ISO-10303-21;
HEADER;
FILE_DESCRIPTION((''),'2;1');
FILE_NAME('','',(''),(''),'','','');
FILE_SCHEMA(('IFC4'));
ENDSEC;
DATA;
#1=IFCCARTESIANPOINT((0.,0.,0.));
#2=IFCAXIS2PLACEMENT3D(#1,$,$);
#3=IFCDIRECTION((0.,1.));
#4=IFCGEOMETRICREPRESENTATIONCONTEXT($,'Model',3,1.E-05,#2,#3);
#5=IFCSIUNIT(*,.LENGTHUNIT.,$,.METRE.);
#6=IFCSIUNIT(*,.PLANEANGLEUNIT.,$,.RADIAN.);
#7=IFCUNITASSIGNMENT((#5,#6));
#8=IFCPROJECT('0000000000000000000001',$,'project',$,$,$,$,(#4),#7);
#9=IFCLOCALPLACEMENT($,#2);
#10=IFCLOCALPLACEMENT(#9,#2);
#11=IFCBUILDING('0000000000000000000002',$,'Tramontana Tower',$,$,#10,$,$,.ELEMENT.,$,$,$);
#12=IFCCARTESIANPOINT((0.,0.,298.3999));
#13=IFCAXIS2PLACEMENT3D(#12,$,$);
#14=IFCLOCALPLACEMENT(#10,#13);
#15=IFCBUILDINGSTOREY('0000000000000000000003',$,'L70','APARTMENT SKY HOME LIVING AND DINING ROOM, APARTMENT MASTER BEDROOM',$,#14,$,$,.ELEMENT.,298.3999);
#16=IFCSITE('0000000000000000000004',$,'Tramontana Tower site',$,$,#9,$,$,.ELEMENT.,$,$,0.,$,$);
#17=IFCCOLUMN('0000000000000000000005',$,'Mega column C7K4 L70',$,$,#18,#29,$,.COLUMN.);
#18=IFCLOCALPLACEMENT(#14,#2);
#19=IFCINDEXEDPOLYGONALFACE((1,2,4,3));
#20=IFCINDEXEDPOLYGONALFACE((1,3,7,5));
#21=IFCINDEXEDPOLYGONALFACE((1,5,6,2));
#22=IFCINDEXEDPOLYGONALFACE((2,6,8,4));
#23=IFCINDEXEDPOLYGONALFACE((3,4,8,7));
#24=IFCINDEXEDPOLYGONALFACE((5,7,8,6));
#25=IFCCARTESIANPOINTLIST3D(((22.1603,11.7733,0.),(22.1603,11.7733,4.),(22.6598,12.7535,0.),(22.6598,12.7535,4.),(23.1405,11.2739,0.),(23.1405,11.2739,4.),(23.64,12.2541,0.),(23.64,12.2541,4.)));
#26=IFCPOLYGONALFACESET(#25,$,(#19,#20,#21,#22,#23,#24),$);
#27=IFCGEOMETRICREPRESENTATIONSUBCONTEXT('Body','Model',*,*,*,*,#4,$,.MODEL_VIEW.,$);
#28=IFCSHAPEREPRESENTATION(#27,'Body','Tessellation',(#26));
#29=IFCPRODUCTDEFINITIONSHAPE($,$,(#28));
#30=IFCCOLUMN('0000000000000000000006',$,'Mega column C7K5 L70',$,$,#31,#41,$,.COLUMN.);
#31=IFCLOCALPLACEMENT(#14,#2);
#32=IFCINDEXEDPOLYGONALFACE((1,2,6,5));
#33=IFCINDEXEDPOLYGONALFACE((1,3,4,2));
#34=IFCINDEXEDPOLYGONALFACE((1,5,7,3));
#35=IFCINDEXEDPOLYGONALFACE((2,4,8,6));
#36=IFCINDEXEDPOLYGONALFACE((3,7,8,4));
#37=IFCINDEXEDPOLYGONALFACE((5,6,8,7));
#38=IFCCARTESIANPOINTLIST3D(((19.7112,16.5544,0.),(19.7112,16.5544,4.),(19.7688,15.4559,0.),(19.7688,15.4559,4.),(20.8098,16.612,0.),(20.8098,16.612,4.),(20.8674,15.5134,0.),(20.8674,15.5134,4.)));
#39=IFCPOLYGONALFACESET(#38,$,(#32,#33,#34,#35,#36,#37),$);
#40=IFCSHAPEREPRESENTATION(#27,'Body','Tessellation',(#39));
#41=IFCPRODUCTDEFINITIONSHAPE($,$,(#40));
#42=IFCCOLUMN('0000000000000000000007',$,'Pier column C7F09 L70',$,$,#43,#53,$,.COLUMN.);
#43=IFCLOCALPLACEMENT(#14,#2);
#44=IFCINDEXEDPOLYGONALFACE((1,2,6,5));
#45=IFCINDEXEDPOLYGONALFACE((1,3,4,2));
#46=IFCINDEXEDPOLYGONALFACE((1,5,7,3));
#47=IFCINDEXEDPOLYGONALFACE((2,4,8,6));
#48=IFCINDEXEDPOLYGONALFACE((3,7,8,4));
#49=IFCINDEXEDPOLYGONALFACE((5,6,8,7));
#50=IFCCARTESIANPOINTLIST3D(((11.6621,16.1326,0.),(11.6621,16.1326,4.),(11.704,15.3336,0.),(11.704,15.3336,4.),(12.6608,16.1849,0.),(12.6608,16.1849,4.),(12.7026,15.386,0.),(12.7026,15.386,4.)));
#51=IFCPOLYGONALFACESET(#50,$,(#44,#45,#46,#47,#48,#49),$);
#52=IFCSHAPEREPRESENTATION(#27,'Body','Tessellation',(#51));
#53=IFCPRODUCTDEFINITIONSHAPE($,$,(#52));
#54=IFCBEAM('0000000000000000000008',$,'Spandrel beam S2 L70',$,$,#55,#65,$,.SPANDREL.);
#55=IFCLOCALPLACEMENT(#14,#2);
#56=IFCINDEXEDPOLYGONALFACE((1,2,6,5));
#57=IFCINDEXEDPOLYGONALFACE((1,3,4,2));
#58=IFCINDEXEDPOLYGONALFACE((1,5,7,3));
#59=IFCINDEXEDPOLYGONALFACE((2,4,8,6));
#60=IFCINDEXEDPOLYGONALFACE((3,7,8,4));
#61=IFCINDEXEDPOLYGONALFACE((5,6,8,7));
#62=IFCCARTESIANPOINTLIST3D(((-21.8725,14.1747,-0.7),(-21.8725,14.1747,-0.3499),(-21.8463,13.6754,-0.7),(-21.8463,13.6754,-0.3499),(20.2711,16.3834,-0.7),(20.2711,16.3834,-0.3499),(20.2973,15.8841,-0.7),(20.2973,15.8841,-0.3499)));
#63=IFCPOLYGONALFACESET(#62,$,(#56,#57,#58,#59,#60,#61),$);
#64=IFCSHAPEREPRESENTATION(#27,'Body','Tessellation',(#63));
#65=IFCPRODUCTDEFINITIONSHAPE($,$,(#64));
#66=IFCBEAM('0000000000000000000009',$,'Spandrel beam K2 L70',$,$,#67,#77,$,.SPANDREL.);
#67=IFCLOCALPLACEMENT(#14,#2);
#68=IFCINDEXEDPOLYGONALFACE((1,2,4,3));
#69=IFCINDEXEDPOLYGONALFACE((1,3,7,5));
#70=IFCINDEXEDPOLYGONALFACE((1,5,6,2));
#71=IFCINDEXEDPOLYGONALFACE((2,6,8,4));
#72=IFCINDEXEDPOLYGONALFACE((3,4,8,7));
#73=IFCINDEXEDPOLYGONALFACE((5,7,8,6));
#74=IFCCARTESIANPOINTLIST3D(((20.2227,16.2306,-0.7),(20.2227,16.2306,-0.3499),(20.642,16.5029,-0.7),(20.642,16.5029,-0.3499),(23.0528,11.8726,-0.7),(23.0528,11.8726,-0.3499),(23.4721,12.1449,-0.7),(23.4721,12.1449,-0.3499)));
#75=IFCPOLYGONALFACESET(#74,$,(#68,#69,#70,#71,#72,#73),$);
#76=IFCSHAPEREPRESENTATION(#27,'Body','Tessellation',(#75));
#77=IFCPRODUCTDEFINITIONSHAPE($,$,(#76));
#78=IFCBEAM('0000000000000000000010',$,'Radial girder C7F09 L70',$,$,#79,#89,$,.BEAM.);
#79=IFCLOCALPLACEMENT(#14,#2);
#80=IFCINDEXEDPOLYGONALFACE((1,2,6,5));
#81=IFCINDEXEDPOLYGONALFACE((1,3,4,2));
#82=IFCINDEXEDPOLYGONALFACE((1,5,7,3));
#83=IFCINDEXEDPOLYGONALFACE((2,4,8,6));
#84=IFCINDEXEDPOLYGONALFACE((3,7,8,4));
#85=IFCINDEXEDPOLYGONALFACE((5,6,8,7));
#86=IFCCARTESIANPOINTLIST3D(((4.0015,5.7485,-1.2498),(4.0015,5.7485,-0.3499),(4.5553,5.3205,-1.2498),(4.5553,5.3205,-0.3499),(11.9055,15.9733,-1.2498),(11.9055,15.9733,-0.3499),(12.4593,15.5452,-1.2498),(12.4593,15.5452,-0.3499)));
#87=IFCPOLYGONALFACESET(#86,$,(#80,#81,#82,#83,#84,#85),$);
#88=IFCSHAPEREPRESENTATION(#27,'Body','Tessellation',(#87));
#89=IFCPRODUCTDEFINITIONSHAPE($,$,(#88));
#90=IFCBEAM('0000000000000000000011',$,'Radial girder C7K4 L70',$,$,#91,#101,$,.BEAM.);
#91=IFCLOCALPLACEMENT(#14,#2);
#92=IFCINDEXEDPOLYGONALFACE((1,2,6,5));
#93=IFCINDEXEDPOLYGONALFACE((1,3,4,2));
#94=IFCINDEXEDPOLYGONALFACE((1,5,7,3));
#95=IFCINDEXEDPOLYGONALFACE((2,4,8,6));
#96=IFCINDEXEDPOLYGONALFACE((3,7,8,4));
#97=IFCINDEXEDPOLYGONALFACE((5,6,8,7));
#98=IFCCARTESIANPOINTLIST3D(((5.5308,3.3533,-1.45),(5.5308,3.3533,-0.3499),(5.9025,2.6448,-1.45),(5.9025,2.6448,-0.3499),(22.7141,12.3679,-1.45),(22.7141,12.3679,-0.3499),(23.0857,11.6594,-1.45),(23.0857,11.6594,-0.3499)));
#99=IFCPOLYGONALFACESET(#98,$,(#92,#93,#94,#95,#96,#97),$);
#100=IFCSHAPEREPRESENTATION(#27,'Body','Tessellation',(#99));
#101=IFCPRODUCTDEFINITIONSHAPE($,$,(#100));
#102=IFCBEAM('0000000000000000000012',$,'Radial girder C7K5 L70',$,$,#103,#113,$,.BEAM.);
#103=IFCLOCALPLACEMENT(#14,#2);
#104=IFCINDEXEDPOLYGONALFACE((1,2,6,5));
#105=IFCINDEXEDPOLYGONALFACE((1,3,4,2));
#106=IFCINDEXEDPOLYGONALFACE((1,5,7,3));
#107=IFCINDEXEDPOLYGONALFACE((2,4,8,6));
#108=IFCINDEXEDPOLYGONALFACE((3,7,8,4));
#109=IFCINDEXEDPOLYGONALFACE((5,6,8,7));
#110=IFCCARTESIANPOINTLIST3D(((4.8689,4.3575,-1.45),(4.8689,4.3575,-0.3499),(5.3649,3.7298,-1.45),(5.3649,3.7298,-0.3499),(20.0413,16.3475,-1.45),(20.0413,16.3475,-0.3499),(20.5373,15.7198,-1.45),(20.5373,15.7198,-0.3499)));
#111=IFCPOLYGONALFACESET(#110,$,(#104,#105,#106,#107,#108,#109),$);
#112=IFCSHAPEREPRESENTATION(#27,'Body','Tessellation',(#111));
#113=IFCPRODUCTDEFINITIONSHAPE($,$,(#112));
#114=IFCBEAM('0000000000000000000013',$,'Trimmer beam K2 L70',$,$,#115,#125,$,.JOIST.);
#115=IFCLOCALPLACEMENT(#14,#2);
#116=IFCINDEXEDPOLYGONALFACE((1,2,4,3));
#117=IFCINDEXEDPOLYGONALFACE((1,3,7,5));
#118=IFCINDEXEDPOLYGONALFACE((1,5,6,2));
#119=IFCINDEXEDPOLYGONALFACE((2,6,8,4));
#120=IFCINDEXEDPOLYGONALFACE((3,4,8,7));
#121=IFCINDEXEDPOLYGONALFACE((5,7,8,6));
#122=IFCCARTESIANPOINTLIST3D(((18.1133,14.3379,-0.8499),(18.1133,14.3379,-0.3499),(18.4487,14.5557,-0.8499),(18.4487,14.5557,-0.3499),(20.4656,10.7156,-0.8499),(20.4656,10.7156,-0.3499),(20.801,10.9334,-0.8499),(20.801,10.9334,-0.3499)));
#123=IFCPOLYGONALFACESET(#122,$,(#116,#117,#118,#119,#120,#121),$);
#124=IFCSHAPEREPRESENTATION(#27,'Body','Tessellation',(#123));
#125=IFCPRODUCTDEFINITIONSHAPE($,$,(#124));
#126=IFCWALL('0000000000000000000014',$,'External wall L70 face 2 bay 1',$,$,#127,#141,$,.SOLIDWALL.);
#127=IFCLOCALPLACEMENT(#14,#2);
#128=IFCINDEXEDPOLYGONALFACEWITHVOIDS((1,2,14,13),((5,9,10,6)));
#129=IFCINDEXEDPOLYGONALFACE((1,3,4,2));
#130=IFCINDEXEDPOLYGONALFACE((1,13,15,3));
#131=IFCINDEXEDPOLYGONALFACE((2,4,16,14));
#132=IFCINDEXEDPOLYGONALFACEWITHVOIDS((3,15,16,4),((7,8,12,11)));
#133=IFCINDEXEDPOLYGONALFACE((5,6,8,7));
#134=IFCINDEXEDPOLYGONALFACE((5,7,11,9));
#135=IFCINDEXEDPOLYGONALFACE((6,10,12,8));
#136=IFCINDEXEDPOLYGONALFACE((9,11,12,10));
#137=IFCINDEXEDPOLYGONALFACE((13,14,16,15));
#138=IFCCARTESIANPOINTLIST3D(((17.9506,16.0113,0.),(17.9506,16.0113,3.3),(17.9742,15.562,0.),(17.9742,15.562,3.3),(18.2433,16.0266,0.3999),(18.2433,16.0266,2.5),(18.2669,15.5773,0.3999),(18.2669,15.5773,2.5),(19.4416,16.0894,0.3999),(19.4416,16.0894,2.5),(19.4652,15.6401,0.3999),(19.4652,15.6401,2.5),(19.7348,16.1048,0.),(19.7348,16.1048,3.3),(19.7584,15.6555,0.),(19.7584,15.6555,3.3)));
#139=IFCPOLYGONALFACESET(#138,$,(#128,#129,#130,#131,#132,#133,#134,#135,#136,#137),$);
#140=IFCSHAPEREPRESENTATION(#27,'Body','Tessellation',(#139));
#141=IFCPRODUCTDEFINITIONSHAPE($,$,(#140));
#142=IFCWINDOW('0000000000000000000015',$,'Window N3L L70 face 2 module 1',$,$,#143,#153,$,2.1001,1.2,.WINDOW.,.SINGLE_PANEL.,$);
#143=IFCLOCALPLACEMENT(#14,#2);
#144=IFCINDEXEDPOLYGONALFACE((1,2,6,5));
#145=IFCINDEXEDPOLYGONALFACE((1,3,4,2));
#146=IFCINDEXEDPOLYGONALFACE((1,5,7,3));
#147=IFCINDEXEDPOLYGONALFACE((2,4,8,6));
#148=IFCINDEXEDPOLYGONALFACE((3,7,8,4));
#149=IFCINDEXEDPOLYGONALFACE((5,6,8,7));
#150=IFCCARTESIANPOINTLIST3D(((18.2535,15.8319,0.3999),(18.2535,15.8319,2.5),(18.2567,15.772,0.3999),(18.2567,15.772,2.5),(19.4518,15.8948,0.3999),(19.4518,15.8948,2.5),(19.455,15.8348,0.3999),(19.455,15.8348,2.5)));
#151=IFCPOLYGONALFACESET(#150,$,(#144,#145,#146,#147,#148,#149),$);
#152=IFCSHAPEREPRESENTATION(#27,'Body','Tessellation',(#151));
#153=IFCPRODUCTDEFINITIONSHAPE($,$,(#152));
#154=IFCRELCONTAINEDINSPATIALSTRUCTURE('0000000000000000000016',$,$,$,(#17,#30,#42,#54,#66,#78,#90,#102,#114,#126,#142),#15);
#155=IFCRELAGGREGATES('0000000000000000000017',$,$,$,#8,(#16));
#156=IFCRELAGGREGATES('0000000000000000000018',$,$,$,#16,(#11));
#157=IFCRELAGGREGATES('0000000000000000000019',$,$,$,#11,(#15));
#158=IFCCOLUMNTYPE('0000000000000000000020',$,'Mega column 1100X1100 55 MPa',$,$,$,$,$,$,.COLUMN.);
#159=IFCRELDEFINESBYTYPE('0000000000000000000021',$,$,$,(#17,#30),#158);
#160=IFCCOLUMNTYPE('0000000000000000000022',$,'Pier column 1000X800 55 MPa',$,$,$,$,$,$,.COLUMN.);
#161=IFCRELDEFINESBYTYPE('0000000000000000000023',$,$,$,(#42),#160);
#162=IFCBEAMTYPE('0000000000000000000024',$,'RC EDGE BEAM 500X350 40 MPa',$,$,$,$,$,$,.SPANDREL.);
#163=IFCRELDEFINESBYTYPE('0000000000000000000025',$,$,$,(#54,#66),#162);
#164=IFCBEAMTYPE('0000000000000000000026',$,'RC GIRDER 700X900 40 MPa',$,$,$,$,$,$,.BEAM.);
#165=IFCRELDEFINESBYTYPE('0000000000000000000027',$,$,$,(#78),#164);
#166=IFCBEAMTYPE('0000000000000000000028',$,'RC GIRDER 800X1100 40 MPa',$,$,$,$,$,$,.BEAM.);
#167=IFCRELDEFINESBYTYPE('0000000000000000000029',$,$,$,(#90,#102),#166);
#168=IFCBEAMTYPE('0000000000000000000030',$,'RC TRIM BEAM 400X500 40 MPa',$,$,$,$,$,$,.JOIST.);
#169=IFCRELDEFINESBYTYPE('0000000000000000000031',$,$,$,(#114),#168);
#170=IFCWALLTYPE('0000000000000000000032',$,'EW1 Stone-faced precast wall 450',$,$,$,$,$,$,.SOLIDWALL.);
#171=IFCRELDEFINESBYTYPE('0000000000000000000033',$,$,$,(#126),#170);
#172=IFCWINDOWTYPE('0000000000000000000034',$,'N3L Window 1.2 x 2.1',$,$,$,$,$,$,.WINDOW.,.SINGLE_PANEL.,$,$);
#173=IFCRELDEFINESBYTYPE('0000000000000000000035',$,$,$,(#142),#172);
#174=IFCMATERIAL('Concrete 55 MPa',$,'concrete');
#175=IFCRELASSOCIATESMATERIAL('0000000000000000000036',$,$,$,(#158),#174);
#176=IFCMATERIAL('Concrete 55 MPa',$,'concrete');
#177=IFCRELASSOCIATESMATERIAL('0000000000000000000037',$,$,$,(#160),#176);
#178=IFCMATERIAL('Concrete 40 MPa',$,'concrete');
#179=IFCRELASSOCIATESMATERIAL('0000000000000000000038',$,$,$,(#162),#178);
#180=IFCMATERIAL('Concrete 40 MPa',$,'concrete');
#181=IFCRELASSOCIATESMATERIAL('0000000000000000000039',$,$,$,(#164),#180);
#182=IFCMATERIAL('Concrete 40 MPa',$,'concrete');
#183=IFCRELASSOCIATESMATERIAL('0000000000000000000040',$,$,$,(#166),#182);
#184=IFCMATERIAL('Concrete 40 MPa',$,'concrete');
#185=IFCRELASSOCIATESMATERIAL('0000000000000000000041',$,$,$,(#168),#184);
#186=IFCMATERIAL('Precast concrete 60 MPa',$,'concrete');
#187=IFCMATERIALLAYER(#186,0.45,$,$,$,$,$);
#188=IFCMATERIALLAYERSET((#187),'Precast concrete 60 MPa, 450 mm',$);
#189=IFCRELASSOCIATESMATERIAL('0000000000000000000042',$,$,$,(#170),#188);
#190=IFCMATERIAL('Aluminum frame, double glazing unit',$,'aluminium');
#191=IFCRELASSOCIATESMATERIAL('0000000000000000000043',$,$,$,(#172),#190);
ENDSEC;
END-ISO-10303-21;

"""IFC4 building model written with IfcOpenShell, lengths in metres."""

from ifc_helpers import new_model, si_unit, direction, frame, frame_2d, origin, origin_2d, place, context, subcontext, project, spatial, rectangle, extrude, material, layer, layer_set, material_profile, profile_set, type_object, element, fill, save


model = new_model("IFC4")

# Units and contexts
model_context = context("Model", 3, precision=1e-05, world=origin(), true_north=direction((0.0, 1.0)))
body_context = subcontext(model_context, "Body", "Model", "MODEL_VIEW")
ifc_project = project(units=[si_unit("LENGTHUNIT", "METRE"), si_unit("PLANEANGLEUNIT", "RADIAN")], contexts=[model_context])

# Site, building, storey
site_placement = place(None, origin())
site = spatial("IfcSite", under=ifc_project, at=site_placement, Name="Tramontana Tower site", CompositionType="ELEMENT", RefElevation=0.0)
building_placement = place(site_placement, origin())
building = spatial("IfcBuilding", under=site, at=building_placement, Name="Tramontana Tower", CompositionType="ELEMENT")
storey_placement = place(building_placement, frame((0.0, 0.0, 298.3999)))
storey = spatial("IfcBuildingStorey", under=building, at=storey_placement, Name="L70", Description="APARTMENT SKY HOME LIVING AND DINING ROOM, APARTMENT MASTER BEDROOM", CompositionType="ELEMENT", Elevation=298.3999)

# Columns
ifc_material_1 = material(Name="Concrete 55 MPa", Category="concrete")
ifc_material_profile_1 = material_profile(ifc_material_1, rectangle(XDim=1.1001, YDim=1.1001, at=origin_2d()), Name="Mega column 1100X1100 55 MPa")
ifc_profile_set_1 = profile_set([ifc_material_profile_1], Name="Concrete 55 MPa")
column_type_1 = type_object("IfcColumnType", Name="Mega column 1100X1100 55 MPa", PredefinedType="COLUMN", material=ifc_profile_set_1)
for number, where, z_axis, x_axis, name in (
    (1, (22.9001, 12.0137, 0.0), (0.0, 0.0, 1.0), (0.45399, 0.891007, 0.0), "Mega column C7K4 L70"),
    (2, (20.2893, 16.0339, 0.0), (0.0, 0.0, 1.0), (-0.99863, -0.052336, 0.0), "Mega column C7K5 L70"),
):
    element("IfcColumn", number, at=place(storey_placement, frame(where, z_axis=z_axis, x_axis=x_axis)), inside=storey, type_object=column_type_1, Name=name, PredefinedType="COLUMN", context=body_context, shape_type="SweptSolid", body=[
        extrude(rectangle(XDim=1.1001, YDim=1.1001, at=origin_2d()), origin(), (0.0, 0.0, 1.0), 4.0),
    ])
ifc_material_2 = material(Name="Concrete 55 MPa", Category="concrete")
ifc_material_profile_2 = material_profile(ifc_material_2, rectangle(XDim=1.0, YDim=0.8, at=origin_2d()), Name="Pier column 1000X800 55 MPa")
ifc_profile_set_2 = profile_set([ifc_material_profile_2], Name="Concrete 55 MPa")
column_type_2 = type_object("IfcColumnType", Name="Pier column 1000X800 55 MPa", PredefinedType="COLUMN", material=ifc_profile_set_2)
column_placement = place(storey_placement, frame((12.1824, 15.7593, 0.0), z_axis=(0.0, 0.0, 1.0), x_axis=(-0.99863, -0.052336, 0.0)))
element("IfcColumn", 3, at=column_placement, inside=storey, type_object=column_type_2, Name="Pier column C7F09 L70", PredefinedType="COLUMN", context=body_context, shape_type="SweptSolid", body=[
    extrude(rectangle(XDim=1.0, YDim=0.8, at=origin_2d()), origin(), (0.0, 0.0, 1.0), 4.0),
])

# Beams
ifc_material_3 = material(Name="Concrete 40 MPa", Category="concrete")
ifc_material_profile_3 = material_profile(ifc_material_3, rectangle(XDim=0.5, YDim=0.3501, at=origin_2d()), Name="RC EDGE BEAM 500X350 40 MPa")
ifc_profile_set_3 = profile_set([ifc_material_profile_3], Name="Concrete 40 MPa")
beam_type_1 = type_object("IfcBeamType", Name="RC EDGE BEAM 500X350 40 MPa", PredefinedType="SPANDREL", material=ifc_profile_set_3)
beam_1_placement = place(storey_placement, frame((20.2842, 16.1338, -0.5249), z_axis=(-0.998629, -0.052338, 0.0), x_axis=(0.052338, -0.998629, 0.0)))
element("IfcBeam", 4, at=beam_1_placement, inside=storey, type_object=beam_type_1, Name="Spandrel beam S2 L70", PredefinedType="SPANDREL", context=body_context, shape_type="SweptSolid", body=[
    extrude(rectangle(XDim=0.5, YDim=0.3501, at=origin_2d()), origin(), (0.0, 0.0, 1.0), 42.2014),
])
beam_2_placement = place(storey_placement, frame((23.2625, 12.0088, -0.5249), z_axis=(-0.544641, 0.838669, 0.0), x_axis=(-0.838669, -0.544641, 0.0)))
element("IfcBeam", 5, at=beam_2_placement, inside=storey, type_object=beam_type_1, Name="Spandrel beam K2 L70", PredefinedType="SPANDREL", context=body_context, shape_type="SweptSolid", body=[
    extrude(rectangle(XDim=0.5, YDim=0.3501, at=origin_2d()), origin(), (0.0, 0.0, 1.0), 5.1963),
])
ifc_material_4 = material(Name="Concrete 40 MPa", Category="concrete")
ifc_material_profile_4 = material_profile(ifc_material_4, rectangle(XDim=0.7, YDim=0.8999, at=origin_2d()), Name="RC GIRDER 700X900 40 MPa")
ifc_profile_set_4 = profile_set([ifc_material_profile_4], Name="Concrete 40 MPa")
beam_type_2 = type_object("IfcBeamType", Name="RC GIRDER 700X900 40 MPa", PredefinedType="BEAM", material=ifc_profile_set_4)
beam_3_placement = place(storey_placement, frame((12.1824, 15.7593, -0.7998), z_axis=(-0.611594, -0.791172, 0.0), x_axis=(0.791172, -0.611594, 0.0)))
element("IfcBeam", 6, at=beam_3_placement, inside=storey, type_object=beam_type_2, Name="Radial girder C7F09 L70", PredefinedType="BEAM", context=body_context, shape_type="SweptSolid", body=[
    extrude(rectangle(XDim=0.7, YDim=0.8999, at=origin_2d()), origin(), (0.0, 0.0, 1.0), 12.9236),
])
ifc_material_5 = material(Name="Concrete 40 MPa", Category="concrete")
ifc_material_profile_5 = material_profile(ifc_material_5, rectangle(XDim=0.8, YDim=1.1001, at=origin_2d()), Name="RC GIRDER 800X1100 40 MPa")
ifc_profile_set_5 = profile_set([ifc_material_profile_5], Name="Concrete 40 MPa")
beam_type_3 = type_object("IfcBeamType", Name="RC GIRDER 800X1100 40 MPa", PredefinedType="BEAM", material=ifc_profile_set_5)
beam_4_placement = place(storey_placement, frame((22.8999, 12.0137, -0.8999), z_axis=(-0.885538, -0.464567, 0.0), x_axis=(0.464567, -0.885538, 0.0)))
element("IfcBeam", 7, at=beam_4_placement, inside=storey, type_object=beam_type_3, Name="Radial girder C7K4 L70", PredefinedType="BEAM", context=body_context, shape_type="SweptSolid", body=[
    extrude(rectangle(XDim=0.8, YDim=1.1001, at=origin_2d()), origin(), (0.0, 0.0, 1.0), 19.4043),
])
beam_5_placement = place(storey_placement, frame((20.2893, 16.0337, -0.8999), z_axis=(-0.784586, -0.62002, 0.0), x_axis=(0.62002, -0.784586, 0.0)))
element("IfcBeam", 8, at=beam_5_placement, inside=storey, type_object=beam_type_3, Name="Radial girder C7K5 L70", PredefinedType="BEAM", context=body_context, shape_type="SweptSolid", body=[
    extrude(rectangle(XDim=0.8, YDim=1.1001, at=origin_2d()), origin(), (0.0, 0.0, 1.0), 19.3381),
])
ifc_material_6 = material(Name="Concrete 40 MPa", Category="concrete")
ifc_material_profile_6 = material_profile(ifc_material_6, rectangle(XDim=0.3999, YDim=0.5, at=origin_2d()), Name="RC TRIM BEAM 400X500 40 MPa")
ifc_profile_set_6 = profile_set([ifc_material_profile_6], Name="Concrete 40 MPa")
beam_type_4 = type_object("IfcBeamType", Name="RC TRIM BEAM 400X500 40 MPa", PredefinedType="JOIST", material=ifc_profile_set_6)
beam_6_placement = place(storey_placement, frame((20.6333, 10.8245, -0.5999), z_axis=(-0.544629, 0.838677, 0.0), x_axis=(-0.838677, -0.544629, 0.0)))
element("IfcBeam", 9, at=beam_6_placement, inside=storey, type_object=beam_type_4, Name="Trimmer beam K2 L70", PredefinedType="JOIST", context=body_context, shape_type="SweptSolid", body=[
    extrude(rectangle(XDim=0.3999, YDim=0.5, at=origin_2d()), origin(), (0.0, 0.0, 1.0), 4.3191),
])

# Wall, opening, window
ifc_material_7 = material(Name="Precast concrete 60 MPa", Category="concrete")
ifc_layer_1 = layer(ifc_material_7, 0.45)
ifc_layer_set_1 = layer_set([ifc_layer_1], Name="Precast concrete 60 MPa, 450 mm")
wall_type_1 = type_object("IfcWallType", Name="EW1 Stone-faced precast wall 450", PredefinedType="SOLIDWALL", material=ifc_layer_set_1)
wall_1_placement = place(storey_placement, frame((19.7466, 15.8801, 0.0), z_axis=(0.0, 0.0, 1.0), x_axis=(-0.99863, -0.052336, 0.0)))
wall_1 = element("IfcWall", 10, at=wall_1_placement, inside=storey, type_object=wall_type_1, Name="External wall L70 face 2 bay 1", PredefinedType="SOLIDWALL", context=body_context, shape_type="SweptSolid", body=[
    extrude(rectangle(XDim=1.7866, YDim=0.45, at=frame_2d((0.8933, 0.0))), origin(), (0.0, 0.0, 1.0), 3.3),
])
opening_1_placement = place(wall_1_placement, frame((0.2935, 0.0, 0.3999)))
opening_1 = element("IfcOpeningElement", 11, at=opening_1_placement, cuts=wall_1, PredefinedType="OPENING", context=body_context, shape_type="SweptSolid", body=[
    extrude(rectangle(XDim=1.2, YDim=2.1001, at=frame_2d((0.6001, 1.05))), frame((0.0, 0.2349, 0.0), z_axis=(0.0, -1.0, 0.0), x_axis=(1.0, 0.0, 0.0)), (0.0, 0.0, 1.0), 0.47),
])
ifc_material_8 = material(Name="Aluminum frame, double glazing unit", Category="aluminium")
window_type_1 = type_object("IfcWindowType", Name="N3L Window 1.2 x 2.1", PartitioningType="SINGLE_PANEL", PredefinedType="WINDOW", material=ifc_material_8)
window_1_placement = place(opening_1_placement, origin())
window_1 = element("IfcWindow", 12, at=window_1_placement, inside=storey, type_object=window_type_1, Name="Window N3L L70 face 2 module 1", OverallHeight=2.1001, OverallWidth=1.2, PartitioningType="SINGLE_PANEL", PredefinedType="WINDOW", context=body_context, shape_type="SweptSolid", body=[
    extrude(rectangle(XDim=1.2, YDim=2.1001, at=frame_2d((0.6001, 1.05))), frame((0.0, 0.03, 0.0), z_axis=(0.0, -1.0, 0.0), x_axis=(1.0, 0.0, 0.0)), (0.0, 0.0, 1.0), 0.0601),
])
fill(opening_1, window_1)

save(model, "model.ifc")
